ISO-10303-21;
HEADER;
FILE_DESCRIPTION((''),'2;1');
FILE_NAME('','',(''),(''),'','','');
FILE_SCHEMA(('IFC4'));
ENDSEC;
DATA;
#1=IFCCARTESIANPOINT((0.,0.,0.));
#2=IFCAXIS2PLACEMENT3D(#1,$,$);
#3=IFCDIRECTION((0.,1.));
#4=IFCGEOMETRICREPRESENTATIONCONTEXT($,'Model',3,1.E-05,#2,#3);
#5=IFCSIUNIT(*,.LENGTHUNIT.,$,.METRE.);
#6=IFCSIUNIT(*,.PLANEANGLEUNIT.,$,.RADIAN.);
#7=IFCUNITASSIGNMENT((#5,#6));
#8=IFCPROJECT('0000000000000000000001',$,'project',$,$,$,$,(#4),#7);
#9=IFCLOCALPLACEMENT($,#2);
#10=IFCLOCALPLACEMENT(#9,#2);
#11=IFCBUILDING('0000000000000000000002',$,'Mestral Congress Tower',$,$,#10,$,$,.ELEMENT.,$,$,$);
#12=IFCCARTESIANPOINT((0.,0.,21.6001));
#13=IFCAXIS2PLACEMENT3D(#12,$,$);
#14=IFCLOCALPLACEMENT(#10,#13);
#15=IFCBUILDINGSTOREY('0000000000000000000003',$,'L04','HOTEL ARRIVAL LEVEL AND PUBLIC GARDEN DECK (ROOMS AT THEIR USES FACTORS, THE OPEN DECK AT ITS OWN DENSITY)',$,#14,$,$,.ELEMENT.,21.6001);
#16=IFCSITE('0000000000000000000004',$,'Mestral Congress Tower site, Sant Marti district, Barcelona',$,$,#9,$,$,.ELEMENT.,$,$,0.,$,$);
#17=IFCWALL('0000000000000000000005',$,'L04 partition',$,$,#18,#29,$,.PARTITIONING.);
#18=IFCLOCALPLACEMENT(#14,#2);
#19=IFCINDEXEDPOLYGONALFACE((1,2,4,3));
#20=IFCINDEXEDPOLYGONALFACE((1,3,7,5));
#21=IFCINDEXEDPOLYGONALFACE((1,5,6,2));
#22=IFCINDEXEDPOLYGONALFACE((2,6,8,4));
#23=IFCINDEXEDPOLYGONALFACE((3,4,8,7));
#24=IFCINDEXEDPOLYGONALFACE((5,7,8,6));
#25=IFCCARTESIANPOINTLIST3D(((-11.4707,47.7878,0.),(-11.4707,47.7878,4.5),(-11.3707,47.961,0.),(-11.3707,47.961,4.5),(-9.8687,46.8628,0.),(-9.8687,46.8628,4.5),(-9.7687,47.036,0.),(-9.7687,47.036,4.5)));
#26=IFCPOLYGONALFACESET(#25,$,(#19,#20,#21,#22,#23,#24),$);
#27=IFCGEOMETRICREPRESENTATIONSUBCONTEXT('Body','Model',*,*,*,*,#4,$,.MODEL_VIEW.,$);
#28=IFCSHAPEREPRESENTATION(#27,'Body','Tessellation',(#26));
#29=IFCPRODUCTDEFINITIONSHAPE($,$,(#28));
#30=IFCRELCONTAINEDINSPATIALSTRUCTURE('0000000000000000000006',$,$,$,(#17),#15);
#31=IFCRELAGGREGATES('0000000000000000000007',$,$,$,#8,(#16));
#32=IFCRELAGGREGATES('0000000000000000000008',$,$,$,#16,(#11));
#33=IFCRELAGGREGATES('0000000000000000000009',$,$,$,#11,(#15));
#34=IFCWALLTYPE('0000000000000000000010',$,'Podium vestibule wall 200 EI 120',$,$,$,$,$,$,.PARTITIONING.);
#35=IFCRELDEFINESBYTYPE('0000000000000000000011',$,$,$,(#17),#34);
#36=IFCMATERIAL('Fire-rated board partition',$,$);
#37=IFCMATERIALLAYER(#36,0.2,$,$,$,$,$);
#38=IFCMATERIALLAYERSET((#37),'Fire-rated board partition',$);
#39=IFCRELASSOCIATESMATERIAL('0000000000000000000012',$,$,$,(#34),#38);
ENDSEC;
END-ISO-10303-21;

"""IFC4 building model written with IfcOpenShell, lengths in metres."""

from ifc_helpers import new_model, si_unit, direction, frame, frame_2d, origin, place, context, subcontext, project, spatial, rectangle, extrude, material, layer, layer_set, type_object, element, save


model = new_model("IFC4")

# Units and contexts
model_context = context("Model", 3, precision=1e-05, world=origin(), true_north=direction((0.0, 1.0)))
body_context = subcontext(model_context, "Body", "Model", "MODEL_VIEW")
ifc_project = project(units=[si_unit("LENGTHUNIT", "METRE"), si_unit("PLANEANGLEUNIT", "RADIAN")], contexts=[model_context])

# Site, building, storey
site_placement = place(None, origin())
site = spatial("IfcSite", under=ifc_project, at=site_placement, Name="Mestral Congress Tower site, Sant Marti district, Barcelona", CompositionType="ELEMENT", RefElevation=0.0)
building_placement = place(site_placement, origin())
building = spatial("IfcBuilding", under=site, at=building_placement, Name="Mestral Congress Tower", CompositionType="ELEMENT")
storey_placement = place(building_placement, frame((0.0, 0.0, 21.6001)))
storey = spatial("IfcBuildingStorey", under=building, at=storey_placement, Name="L04", Description="HOTEL ARRIVAL LEVEL AND PUBLIC GARDEN DECK (ROOMS AT THEIR USES FACTORS, THE OPEN DECK AT ITS OWN DENSITY)", CompositionType="ELEMENT", Elevation=21.6001)

# Shared definitions
ifc_material_1 = material(Name="Fire-rated board partition")
ifc_layer_1 = layer(ifc_material_1, 0.2)
ifc_layer_set_1 = layer_set([ifc_layer_1], Name="Fire-rated board partition")
wall_type_1 = type_object("IfcWallType", Name="Podium vestibule wall 200 EI 120", PredefinedType="PARTITIONING", material=ifc_layer_set_1)

# Wall
wall_1_placement = place(storey_placement, frame((-9.8188, 46.9495, 0.0), z_axis=(0.0, 0.0, 1.0), x_axis=(-0.866001, 0.500042, 0.0)))
element("IfcWall", 1, at=wall_1_placement, inside=storey, type_object=wall_type_1, Name="L04 partition", PredefinedType="PARTITIONING", context=body_context, shape_type="SweptSolid", body=[
    extrude(rectangle(XDim=1.8499, YDim=0.2, at=frame_2d((0.9248, 0.0))), origin(), (0.0, 0.0, 1.0), 4.5),
])

save(model, "model.ifc")
